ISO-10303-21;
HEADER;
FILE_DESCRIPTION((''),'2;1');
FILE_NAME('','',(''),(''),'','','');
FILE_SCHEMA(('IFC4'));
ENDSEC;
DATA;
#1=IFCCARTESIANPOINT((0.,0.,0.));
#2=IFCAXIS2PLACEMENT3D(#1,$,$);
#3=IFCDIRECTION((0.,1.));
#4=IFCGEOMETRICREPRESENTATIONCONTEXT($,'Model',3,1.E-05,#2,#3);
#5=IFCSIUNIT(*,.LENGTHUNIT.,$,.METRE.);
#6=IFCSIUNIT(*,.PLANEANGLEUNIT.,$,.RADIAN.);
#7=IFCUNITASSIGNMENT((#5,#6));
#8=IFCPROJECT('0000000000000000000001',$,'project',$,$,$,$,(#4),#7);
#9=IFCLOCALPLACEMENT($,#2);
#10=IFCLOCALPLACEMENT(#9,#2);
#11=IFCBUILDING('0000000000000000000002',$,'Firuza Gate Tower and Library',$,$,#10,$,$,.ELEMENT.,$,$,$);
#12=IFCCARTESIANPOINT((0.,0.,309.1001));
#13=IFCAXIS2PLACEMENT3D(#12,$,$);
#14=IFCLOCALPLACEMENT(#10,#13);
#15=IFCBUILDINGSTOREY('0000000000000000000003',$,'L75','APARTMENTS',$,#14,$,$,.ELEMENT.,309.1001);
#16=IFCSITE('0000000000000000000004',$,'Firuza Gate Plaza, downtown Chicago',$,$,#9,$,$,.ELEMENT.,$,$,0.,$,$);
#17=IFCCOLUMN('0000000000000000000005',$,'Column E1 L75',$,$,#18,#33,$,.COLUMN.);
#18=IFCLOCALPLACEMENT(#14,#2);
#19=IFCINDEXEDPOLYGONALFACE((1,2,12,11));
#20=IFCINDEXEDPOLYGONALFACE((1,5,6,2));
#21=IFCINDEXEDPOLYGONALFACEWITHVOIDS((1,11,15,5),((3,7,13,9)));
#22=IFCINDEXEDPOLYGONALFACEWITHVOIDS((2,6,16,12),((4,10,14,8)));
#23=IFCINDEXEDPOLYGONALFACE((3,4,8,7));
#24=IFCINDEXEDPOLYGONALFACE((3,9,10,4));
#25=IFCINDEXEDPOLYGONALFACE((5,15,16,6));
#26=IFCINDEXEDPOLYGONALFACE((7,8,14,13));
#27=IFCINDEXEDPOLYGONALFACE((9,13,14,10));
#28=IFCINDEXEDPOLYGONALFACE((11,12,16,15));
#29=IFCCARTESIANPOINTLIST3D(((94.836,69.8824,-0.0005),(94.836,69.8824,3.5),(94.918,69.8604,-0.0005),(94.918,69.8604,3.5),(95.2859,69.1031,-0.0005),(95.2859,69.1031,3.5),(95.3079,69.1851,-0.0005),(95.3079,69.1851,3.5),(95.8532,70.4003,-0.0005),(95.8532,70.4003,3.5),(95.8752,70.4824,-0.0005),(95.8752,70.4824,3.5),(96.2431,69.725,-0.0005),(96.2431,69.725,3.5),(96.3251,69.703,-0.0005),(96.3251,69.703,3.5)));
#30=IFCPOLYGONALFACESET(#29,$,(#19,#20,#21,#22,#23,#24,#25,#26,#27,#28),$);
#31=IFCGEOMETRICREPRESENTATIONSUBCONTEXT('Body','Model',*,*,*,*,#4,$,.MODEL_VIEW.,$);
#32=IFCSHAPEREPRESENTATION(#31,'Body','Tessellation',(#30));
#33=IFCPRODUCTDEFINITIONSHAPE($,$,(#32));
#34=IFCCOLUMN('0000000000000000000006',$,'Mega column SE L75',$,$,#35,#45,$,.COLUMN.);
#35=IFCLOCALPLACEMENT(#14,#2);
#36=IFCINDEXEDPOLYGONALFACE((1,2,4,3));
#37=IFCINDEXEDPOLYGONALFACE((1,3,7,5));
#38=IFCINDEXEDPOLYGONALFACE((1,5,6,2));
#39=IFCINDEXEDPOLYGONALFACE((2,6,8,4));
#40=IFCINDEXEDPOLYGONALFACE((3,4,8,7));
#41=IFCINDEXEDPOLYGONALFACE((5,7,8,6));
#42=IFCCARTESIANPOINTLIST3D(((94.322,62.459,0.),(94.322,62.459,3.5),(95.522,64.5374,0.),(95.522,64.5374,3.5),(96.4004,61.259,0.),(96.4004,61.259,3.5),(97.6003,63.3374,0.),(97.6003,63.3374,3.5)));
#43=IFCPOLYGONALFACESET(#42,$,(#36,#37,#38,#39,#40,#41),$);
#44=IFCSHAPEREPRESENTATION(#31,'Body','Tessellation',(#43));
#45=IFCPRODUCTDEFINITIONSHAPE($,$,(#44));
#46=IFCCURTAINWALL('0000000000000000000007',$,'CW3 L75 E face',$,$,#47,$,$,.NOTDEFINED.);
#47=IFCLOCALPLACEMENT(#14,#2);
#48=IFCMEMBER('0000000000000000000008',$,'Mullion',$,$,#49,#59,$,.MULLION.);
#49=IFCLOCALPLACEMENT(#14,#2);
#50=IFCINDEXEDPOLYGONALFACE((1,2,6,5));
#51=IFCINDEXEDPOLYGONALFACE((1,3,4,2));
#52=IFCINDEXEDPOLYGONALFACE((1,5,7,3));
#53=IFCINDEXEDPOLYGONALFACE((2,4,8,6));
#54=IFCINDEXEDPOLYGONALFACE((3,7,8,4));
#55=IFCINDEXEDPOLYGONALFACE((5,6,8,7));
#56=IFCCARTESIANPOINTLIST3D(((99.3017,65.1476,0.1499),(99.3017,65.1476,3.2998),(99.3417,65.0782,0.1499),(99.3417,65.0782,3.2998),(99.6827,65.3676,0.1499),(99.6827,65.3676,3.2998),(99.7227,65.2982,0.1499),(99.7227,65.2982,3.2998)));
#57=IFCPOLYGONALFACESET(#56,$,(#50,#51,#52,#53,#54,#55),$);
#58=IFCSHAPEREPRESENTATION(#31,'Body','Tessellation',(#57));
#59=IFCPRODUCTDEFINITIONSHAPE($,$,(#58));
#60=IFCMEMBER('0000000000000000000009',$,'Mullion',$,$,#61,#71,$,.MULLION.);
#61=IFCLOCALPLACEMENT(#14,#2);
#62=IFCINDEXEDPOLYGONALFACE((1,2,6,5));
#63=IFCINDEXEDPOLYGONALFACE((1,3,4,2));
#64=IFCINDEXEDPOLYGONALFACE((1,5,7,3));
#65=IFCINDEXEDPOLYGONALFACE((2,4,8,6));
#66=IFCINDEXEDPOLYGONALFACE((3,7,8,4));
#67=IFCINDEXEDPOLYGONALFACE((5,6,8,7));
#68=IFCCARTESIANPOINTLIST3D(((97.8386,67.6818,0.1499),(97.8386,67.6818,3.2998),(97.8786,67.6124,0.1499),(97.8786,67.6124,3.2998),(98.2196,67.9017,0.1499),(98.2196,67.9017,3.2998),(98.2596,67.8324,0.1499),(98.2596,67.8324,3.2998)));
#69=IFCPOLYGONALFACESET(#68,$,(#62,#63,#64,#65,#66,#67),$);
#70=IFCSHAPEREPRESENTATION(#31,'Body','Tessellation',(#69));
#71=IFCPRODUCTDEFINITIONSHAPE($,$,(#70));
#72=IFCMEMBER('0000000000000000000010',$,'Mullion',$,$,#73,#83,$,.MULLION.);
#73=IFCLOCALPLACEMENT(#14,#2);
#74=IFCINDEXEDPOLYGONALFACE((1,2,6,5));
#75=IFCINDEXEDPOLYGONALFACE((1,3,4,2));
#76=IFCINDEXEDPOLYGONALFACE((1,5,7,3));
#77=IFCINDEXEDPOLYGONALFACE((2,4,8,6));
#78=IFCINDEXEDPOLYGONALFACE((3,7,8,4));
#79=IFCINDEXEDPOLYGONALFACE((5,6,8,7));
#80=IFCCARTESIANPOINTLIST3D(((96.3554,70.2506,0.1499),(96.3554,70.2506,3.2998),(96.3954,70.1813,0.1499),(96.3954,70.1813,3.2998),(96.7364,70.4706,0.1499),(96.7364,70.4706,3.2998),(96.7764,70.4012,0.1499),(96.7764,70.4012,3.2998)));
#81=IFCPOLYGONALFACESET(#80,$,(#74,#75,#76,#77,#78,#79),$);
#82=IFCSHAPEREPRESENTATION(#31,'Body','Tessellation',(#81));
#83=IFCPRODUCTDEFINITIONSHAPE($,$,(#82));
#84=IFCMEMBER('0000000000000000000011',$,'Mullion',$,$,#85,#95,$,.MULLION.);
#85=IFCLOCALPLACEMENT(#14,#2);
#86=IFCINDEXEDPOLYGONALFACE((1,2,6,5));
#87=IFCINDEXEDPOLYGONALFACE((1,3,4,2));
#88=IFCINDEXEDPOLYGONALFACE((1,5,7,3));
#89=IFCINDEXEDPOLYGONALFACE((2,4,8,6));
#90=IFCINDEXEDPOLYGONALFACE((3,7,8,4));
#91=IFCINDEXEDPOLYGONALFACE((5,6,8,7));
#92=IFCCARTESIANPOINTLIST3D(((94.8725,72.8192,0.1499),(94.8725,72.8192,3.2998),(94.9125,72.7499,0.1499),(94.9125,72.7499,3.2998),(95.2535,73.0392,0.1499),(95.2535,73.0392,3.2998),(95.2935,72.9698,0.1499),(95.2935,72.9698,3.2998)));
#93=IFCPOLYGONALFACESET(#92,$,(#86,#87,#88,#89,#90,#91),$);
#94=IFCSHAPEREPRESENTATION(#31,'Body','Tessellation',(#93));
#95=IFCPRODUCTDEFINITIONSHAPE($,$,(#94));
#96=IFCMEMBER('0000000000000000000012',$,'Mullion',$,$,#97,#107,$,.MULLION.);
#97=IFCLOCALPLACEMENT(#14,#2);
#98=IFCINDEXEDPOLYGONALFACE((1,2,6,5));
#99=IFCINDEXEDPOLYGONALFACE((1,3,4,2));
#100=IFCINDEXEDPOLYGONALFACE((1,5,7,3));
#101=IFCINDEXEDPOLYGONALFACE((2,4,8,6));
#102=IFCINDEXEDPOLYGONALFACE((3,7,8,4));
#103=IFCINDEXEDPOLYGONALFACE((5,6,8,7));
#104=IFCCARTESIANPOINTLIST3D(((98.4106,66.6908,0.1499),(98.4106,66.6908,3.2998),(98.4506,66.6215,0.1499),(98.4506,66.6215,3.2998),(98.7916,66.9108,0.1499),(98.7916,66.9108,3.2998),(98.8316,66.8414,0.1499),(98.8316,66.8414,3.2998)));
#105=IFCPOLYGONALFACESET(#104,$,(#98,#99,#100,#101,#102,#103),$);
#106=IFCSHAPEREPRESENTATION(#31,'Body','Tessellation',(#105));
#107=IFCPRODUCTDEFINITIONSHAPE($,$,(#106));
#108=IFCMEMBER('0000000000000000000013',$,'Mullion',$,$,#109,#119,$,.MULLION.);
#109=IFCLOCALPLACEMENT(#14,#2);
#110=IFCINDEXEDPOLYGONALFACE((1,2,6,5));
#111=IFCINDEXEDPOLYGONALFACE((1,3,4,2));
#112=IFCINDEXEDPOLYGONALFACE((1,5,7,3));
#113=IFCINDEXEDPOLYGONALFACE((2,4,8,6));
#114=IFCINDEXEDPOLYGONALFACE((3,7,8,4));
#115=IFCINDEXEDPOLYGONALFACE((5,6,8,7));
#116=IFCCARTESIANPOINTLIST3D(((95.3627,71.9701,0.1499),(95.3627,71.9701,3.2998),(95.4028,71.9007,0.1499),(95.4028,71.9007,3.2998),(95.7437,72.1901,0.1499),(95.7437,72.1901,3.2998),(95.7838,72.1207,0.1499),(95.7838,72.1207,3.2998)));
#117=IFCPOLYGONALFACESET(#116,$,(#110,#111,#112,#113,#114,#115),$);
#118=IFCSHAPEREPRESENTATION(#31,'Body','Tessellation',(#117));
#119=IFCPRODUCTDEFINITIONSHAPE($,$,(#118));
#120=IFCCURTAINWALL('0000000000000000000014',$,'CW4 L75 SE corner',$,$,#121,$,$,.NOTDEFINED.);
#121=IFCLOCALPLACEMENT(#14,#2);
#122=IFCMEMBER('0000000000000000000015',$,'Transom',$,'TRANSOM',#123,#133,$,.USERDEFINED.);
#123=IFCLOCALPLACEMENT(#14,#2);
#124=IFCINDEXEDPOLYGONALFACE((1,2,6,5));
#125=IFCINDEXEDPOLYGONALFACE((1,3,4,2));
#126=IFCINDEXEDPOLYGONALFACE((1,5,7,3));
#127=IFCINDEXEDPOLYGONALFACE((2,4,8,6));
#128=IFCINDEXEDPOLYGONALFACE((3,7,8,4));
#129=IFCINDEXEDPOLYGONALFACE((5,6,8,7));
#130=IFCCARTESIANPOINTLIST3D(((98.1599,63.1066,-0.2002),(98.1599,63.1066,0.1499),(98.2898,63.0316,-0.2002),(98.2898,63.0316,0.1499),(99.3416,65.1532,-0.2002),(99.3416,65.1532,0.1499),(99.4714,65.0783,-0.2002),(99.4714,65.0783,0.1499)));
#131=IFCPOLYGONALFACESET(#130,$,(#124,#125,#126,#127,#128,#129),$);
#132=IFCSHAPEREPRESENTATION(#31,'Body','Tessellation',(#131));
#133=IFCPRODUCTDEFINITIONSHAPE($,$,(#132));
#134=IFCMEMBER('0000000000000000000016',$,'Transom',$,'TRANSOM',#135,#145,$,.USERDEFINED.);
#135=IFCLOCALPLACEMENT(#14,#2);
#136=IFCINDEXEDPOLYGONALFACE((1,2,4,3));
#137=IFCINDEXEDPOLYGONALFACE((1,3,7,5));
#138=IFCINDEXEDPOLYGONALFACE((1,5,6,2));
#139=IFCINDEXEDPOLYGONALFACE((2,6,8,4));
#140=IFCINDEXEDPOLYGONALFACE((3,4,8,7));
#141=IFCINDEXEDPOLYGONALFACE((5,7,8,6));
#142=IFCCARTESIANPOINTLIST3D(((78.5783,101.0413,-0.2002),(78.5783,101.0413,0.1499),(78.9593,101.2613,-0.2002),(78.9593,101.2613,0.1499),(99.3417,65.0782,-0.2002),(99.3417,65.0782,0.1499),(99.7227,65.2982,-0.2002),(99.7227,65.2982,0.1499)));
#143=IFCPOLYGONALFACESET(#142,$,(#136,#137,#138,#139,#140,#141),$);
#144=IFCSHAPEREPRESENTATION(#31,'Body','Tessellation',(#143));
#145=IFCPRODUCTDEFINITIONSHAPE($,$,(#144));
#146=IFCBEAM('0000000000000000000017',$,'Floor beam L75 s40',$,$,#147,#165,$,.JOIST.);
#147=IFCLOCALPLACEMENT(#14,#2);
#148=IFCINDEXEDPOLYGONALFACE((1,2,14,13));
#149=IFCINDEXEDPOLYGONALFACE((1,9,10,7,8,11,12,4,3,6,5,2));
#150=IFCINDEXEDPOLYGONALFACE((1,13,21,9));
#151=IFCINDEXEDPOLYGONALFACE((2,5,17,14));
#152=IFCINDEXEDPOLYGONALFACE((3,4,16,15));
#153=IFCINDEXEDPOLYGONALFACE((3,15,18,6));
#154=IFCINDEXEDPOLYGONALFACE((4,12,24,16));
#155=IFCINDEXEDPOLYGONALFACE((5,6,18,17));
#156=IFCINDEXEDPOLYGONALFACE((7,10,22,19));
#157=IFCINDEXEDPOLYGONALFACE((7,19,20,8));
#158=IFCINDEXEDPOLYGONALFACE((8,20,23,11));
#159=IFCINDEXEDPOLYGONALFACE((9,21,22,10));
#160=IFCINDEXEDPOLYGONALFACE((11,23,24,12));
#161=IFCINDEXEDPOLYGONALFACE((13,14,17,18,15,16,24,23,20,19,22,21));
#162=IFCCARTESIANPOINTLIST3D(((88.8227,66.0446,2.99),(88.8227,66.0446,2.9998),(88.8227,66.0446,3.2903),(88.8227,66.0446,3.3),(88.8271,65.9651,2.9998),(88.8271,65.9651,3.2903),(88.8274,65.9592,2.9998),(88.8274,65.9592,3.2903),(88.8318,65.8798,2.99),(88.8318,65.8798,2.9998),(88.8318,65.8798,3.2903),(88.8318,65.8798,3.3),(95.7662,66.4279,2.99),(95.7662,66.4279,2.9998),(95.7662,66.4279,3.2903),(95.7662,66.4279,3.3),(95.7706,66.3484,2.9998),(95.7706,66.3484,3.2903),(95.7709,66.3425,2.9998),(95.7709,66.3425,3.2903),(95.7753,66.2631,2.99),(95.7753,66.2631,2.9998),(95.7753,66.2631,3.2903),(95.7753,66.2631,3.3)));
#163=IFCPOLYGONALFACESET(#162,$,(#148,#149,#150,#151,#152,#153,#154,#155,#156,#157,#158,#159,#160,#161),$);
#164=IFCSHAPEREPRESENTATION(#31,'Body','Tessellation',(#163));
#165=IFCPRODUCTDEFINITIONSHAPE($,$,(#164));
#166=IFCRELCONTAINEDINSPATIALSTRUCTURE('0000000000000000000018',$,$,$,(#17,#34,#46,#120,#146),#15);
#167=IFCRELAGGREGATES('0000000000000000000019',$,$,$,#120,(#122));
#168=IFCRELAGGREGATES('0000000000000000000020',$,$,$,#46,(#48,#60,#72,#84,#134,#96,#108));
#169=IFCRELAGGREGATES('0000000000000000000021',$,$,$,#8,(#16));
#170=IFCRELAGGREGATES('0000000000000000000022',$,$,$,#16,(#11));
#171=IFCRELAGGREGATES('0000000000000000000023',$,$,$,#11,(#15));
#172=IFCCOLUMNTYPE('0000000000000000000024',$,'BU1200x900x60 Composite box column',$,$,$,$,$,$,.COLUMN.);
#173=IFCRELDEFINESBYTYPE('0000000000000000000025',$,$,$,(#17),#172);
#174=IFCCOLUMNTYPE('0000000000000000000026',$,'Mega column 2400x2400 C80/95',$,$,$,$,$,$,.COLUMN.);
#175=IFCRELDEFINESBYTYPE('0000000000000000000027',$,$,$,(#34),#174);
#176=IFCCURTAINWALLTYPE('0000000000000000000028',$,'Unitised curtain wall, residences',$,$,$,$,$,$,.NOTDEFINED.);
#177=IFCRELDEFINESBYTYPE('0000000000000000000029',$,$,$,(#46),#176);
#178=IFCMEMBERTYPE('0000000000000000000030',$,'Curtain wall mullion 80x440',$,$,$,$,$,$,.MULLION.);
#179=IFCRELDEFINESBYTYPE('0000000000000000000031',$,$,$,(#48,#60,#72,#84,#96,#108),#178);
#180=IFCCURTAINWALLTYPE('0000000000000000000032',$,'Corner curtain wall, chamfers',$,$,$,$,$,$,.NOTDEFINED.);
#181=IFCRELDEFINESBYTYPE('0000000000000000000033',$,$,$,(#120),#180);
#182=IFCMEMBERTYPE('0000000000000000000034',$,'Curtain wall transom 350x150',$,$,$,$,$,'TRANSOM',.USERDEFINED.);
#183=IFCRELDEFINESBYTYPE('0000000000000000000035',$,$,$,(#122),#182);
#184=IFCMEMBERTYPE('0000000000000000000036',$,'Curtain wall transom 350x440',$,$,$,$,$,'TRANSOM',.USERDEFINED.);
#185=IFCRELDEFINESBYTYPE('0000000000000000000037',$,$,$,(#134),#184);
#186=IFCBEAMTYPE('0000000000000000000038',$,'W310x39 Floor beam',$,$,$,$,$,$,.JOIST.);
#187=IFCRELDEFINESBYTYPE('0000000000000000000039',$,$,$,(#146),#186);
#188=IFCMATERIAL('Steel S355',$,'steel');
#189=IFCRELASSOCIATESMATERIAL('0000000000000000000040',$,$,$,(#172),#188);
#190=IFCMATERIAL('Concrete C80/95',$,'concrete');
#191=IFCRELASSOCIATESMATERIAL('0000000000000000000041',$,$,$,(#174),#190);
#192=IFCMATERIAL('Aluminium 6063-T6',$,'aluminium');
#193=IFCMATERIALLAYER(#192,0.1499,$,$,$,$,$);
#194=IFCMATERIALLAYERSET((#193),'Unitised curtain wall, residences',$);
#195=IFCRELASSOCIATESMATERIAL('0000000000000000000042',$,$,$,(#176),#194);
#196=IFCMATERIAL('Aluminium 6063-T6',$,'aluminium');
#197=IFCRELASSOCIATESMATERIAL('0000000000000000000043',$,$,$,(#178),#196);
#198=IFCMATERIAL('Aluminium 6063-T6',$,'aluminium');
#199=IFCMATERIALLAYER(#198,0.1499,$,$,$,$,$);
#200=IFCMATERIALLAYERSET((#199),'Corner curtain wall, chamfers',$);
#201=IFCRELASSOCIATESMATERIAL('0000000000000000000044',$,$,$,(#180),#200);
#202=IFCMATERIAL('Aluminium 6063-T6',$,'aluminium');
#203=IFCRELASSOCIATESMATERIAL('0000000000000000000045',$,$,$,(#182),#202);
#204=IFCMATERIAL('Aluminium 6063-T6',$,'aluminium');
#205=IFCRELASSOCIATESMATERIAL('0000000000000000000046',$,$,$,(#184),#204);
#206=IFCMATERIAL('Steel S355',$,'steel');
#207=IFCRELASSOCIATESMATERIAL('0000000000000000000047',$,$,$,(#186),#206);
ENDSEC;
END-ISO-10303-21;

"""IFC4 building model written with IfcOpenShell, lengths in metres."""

from ifc_helpers import new_model, si_unit, direction, frame, origin, origin_2d, place, context, subcontext, project, spatial, rectangle, hollow_rectangle, i_section, extrude, material, layer, layer_set, material_profile, profile_set, type_object, element, aggregate, save


model = new_model("IFC4")

# Units and contexts
model_context = context("Model", 3, precision=1e-05, world=origin(), true_north=direction((0.0, 1.0)))
body_context = subcontext(model_context, "Body", "Model", "MODEL_VIEW")
ifc_project = project(units=[si_unit("LENGTHUNIT", "METRE"), si_unit("PLANEANGLEUNIT", "RADIAN")], contexts=[model_context])

# Site, building, storey
site_placement = place(None, origin())
site = spatial("IfcSite", under=ifc_project, at=site_placement, Name="Firuza Gate Plaza, downtown Chicago", CompositionType="ELEMENT", RefElevation=0.0)
building_placement = place(site_placement, origin())
building = spatial("IfcBuilding", under=site, at=building_placement, Name="Firuza Gate Tower and Library", CompositionType="ELEMENT")
storey_placement = place(building_placement, frame((0.0, 0.0, 309.1001)))
storey = spatial("IfcBuildingStorey", under=building, at=storey_placement, Name="L75", Description="APARTMENTS", CompositionType="ELEMENT", Elevation=309.1001)

# Columns
ifc_material_1 = material(Name="Steel S355", Category="steel")
ifc_material_profile_1 = material_profile(ifc_material_1, hollow_rectangle(XDim=0.8999, YDim=1.2, WallThickness=0.0601, at=origin_2d()))
ifc_profile_set_1 = profile_set([ifc_material_profile_1], Name="Steel S355")
column_type_1 = type_object("IfcColumnType", Name="BU1200x900x60 Composite box column", PredefinedType="COLUMN", material=ifc_profile_set_1)
column_1_placement = place(storey_placement, frame((95.5806, 69.7927, -0.0005), z_axis=(0.0, 0.0, 1.0), x_axis=(-0.5, 0.866025, 0.0)))
element("IfcColumn", 1, at=column_1_placement, inside=storey, type_object=column_type_1, Name="Column E1 L75", PredefinedType="COLUMN", context=body_context, shape_type="SweptSolid", body=[
    extrude(hollow_rectangle(XDim=0.8999, YDim=1.2, WallThickness=0.0601, at=origin_2d()), origin(), (0.0, 0.0, 1.0), 3.5005),
])
ifc_material_2 = material(Name="Concrete C80/95", Category="concrete")
ifc_material_profile_2 = material_profile(ifc_material_2, rectangle(XDim=2.3999, YDim=2.3999, at=origin_2d()))
ifc_profile_set_2 = profile_set([ifc_material_profile_2], Name="Concrete C80/95")
column_type_2 = type_object("IfcColumnType", Name="Mega column 2400x2400 C80/95", PredefinedType="COLUMN", material=ifc_profile_set_2)
column_2_placement = place(storey_placement, frame((95.9612, 62.8982, 0.0), z_axis=(0.0, 0.0, 1.0), x_axis=(0.5, 0.866025, 0.0)))
element("IfcColumn", 2, at=column_2_placement, inside=storey, type_object=column_type_2, Name="Mega column SE L75", PredefinedType="COLUMN", context=body_context, shape_type="SweptSolid", body=[
    extrude(rectangle(XDim=2.3999, YDim=2.3999, at=origin_2d()), origin(), (0.0, 0.0, 1.0), 3.5),
])

# Curtain wall, members
ifc_material_3 = material(Name="Aluminium 6063-T6", Category="aluminium")
ifc_layer_1 = layer(ifc_material_3, 0.1499)
ifc_layer_set_1 = layer_set([ifc_layer_1], Name="Unitised curtain wall, residences")
curtain_wall_type_1 = type_object("IfcCurtainWallType", Name="Unitised curtain wall, residences", PredefinedType="NOTDEFINED", material=ifc_layer_set_1)
placement = place(storey_placement, origin())
curtain_wall_1 = element("IfcCurtainWall", 3, at=placement, inside=storey, type_object=curtain_wall_type_1, Name="CW3 L75 E face", PredefinedType="NOTDEFINED")
ifc_material_4 = material(Name="Aluminium 6063-T6", Category="aluminium")
ifc_material_profile_3 = material_profile(ifc_material_4, rectangle(XDim=0.4399, YDim=0.0801, at=origin_2d()))
ifc_profile_set_3 = profile_set([ifc_material_profile_3], Name="Aluminium 6063-T6")
member_type_1 = type_object("IfcMemberType", Name="Curtain wall mullion 80x440", PredefinedType="MULLION", material=ifc_profile_set_3)
member_1_placement = place(storey_placement, frame((99.5122, 65.2229, 0.1499), z_axis=(0.0, 0.0, 1.0), x_axis=(-0.866025, -0.5, 0.0)))
member_1 = element("IfcMember", 4, at=member_1_placement, type_object=member_type_1, Name="Mullion", PredefinedType="MULLION", context=body_context, shape_type="SweptSolid", body=[
    extrude(rectangle(XDim=0.4399, YDim=0.0801, at=origin_2d()), origin(), (0.0, 0.0, 1.0), 3.1499),
])
member_2_placement = place(storey_placement, frame((98.0491, 67.7571, 0.1499), z_axis=(0.0, 0.0, 1.0), x_axis=(-0.866025, -0.5, 0.0)))
member_2 = element("IfcMember", 5, at=member_2_placement, type_object=member_type_1, Name="Mullion", PredefinedType="MULLION", context=body_context, shape_type="SweptSolid", body=[
    extrude(rectangle(XDim=0.4399, YDim=0.0801, at=origin_2d()), origin(), (0.0, 0.0, 1.0), 3.1499),
])
member_3_placement = place(storey_placement, frame((96.5659, 70.3259, 0.1499), z_axis=(0.0, 0.0, 1.0), x_axis=(-0.866025, -0.5, 0.0)))
member_3 = element("IfcMember", 6, at=member_3_placement, type_object=member_type_1, Name="Mullion", PredefinedType="MULLION", context=body_context, shape_type="SweptSolid", body=[
    extrude(rectangle(XDim=0.4399, YDim=0.0801, at=origin_2d()), origin(), (0.0, 0.0, 1.0), 3.1499),
])
member_4_placement = place(storey_placement, frame((95.083, 72.8945, 0.1499), z_axis=(0.0, 0.0, 1.0), x_axis=(-0.866025, -0.5, 0.0)))
member_4 = element("IfcMember", 7, at=member_4_placement, type_object=member_type_1, Name="Mullion", PredefinedType="MULLION", context=body_context, shape_type="SweptSolid", body=[
    extrude(rectangle(XDim=0.4399, YDim=0.0801, at=origin_2d()), origin(), (0.0, 0.0, 1.0), 3.1499),
])
member_5_placement = place(storey_placement, frame((98.6211, 66.7661, 0.1499), z_axis=(0.0, 0.0, 1.0), x_axis=(-0.866025, -0.5, 0.0)))
member_5 = element("IfcMember", 8, at=member_5_placement, type_object=member_type_1, Name="Mullion", PredefinedType="MULLION", context=body_context, shape_type="SweptSolid", body=[
    extrude(rectangle(XDim=0.4399, YDim=0.0801, at=origin_2d()), origin(), (0.0, 0.0, 1.0), 3.1499),
])
member_6_placement = place(storey_placement, frame((95.5732, 72.0454, 0.1499), z_axis=(0.0, 0.0, 1.0), x_axis=(-0.866025, -0.5, 0.0)))
member_6 = element("IfcMember", 9, at=member_6_placement, type_object=member_type_1, Name="Mullion", PredefinedType="MULLION", context=body_context, shape_type="SweptSolid", body=[
    extrude(rectangle(XDim=0.4399, YDim=0.0801, at=origin_2d()), origin(), (0.0, 0.0, 1.0), 3.1499),
])

# Curtain wall, member
ifc_material_5 = material(Name="Aluminium 6063-T6", Category="aluminium")
ifc_layer_2 = layer(ifc_material_5, 0.1499)
ifc_layer_set_2 = layer_set([ifc_layer_2], Name="Corner curtain wall, chamfers")
curtain_wall_type_2 = type_object("IfcCurtainWallType", Name="Corner curtain wall, chamfers", PredefinedType="NOTDEFINED", material=ifc_layer_set_2)
curtain_wall_2 = element("IfcCurtainWall", 10, at=placement, inside=storey, type_object=curtain_wall_type_2, Name="CW4 L75 SE corner", PredefinedType="NOTDEFINED")
ifc_material_6 = material(Name="Aluminium 6063-T6", Category="aluminium")
ifc_material_profile_4 = material_profile(ifc_material_6, rectangle(XDim=0.1499, YDim=0.3501, at=origin_2d()))
ifc_profile_set_4 = profile_set([ifc_material_profile_4], Name="Aluminium 6063-T6")
member_type_2 = type_object("IfcMemberType", Name="Curtain wall transom 350x150", ElementType="TRANSOM", PredefinedType="USERDEFINED", material=ifc_profile_set_4)
member_7_placement = place(storey_placement, frame((98.2249, 63.0691, -0.0251), z_axis=(0.500006, 0.866022, 0.0), x_axis=(-0.866022, 0.500006, 0.0)))
member_7 = element("IfcMember", 11, at=member_7_placement, type_object=member_type_2, Name="Transom", ObjectType="TRANSOM", PredefinedType="USERDEFINED", context=body_context, shape_type="SweptSolid", body=[
    extrude(rectangle(XDim=0.1499, YDim=0.3501, at=origin_2d()), origin(), (0.0, 0.0, 1.0), 2.3633),
])
aggregate(curtain_wall_2, [member_7])

# Member
ifc_material_7 = material(Name="Aluminium 6063-T6", Category="aluminium")
ifc_material_profile_5 = material_profile(ifc_material_7, rectangle(XDim=0.4399, YDim=0.3501, at=origin_2d()))
ifc_profile_set_5 = profile_set([ifc_material_profile_5], Name="Aluminium 6063-T6")
member_type_3 = type_object("IfcMemberType", Name="Curtain wall transom 350x440", ElementType="TRANSOM", PredefinedType="USERDEFINED", material=ifc_profile_set_5)
member_8_placement = place(storey_placement, frame((99.5322, 65.1882, -0.0251), z_axis=(-0.500002, 0.866024, 0.0), x_axis=(-0.866024, -0.500002, 0.0)))
member_8 = element("IfcMember", 12, at=member_8_placement, type_object=member_type_3, Name="Transom", ObjectType="TRANSOM", PredefinedType="USERDEFINED", context=body_context, shape_type="SweptSolid", body=[
    extrude(rectangle(XDim=0.4399, YDim=0.3501, at=origin_2d()), origin(), (0.0, 0.0, 1.0), 41.5266),
])

# Beam
ifc_material_8 = material(Name="Steel S355", Category="steel")
ifc_material_profile_6 = material_profile(ifc_material_8, i_section(OverallWidth=0.165, OverallDepth=0.3101, WebThickness=0.0059, FlangeThickness=0.0098, at=origin_2d()))
ifc_profile_set_6 = profile_set([ifc_material_profile_6], Name="Steel S355")
beam_type_1 = type_object("IfcBeamType", Name="W310x39 Floor beam", PredefinedType="JOIST", material=ifc_profile_set_6)
beam_1_placement = place(storey_placement, frame((95.7708, 66.3455, 3.145), z_axis=(-0.99848, -0.055118, 0.0), x_axis=(0.055118, -0.99848, 0.0)))
element("IfcBeam", 13, at=beam_1_placement, inside=storey, type_object=beam_type_1, Name="Floor beam L75 s40", PredefinedType="JOIST", context=body_context, shape_type="SweptSolid", body=[
    extrude(i_section(OverallWidth=0.165, OverallDepth=0.3101, WebThickness=0.0059, FlangeThickness=0.0098, at=origin_2d()), origin(), (0.0, 0.0, 1.0), 6.9541),
])

aggregate(curtain_wall_1, [member_1, member_2, member_3, member_4, member_8, member_5, member_6])

save(model, "model.ifc")
